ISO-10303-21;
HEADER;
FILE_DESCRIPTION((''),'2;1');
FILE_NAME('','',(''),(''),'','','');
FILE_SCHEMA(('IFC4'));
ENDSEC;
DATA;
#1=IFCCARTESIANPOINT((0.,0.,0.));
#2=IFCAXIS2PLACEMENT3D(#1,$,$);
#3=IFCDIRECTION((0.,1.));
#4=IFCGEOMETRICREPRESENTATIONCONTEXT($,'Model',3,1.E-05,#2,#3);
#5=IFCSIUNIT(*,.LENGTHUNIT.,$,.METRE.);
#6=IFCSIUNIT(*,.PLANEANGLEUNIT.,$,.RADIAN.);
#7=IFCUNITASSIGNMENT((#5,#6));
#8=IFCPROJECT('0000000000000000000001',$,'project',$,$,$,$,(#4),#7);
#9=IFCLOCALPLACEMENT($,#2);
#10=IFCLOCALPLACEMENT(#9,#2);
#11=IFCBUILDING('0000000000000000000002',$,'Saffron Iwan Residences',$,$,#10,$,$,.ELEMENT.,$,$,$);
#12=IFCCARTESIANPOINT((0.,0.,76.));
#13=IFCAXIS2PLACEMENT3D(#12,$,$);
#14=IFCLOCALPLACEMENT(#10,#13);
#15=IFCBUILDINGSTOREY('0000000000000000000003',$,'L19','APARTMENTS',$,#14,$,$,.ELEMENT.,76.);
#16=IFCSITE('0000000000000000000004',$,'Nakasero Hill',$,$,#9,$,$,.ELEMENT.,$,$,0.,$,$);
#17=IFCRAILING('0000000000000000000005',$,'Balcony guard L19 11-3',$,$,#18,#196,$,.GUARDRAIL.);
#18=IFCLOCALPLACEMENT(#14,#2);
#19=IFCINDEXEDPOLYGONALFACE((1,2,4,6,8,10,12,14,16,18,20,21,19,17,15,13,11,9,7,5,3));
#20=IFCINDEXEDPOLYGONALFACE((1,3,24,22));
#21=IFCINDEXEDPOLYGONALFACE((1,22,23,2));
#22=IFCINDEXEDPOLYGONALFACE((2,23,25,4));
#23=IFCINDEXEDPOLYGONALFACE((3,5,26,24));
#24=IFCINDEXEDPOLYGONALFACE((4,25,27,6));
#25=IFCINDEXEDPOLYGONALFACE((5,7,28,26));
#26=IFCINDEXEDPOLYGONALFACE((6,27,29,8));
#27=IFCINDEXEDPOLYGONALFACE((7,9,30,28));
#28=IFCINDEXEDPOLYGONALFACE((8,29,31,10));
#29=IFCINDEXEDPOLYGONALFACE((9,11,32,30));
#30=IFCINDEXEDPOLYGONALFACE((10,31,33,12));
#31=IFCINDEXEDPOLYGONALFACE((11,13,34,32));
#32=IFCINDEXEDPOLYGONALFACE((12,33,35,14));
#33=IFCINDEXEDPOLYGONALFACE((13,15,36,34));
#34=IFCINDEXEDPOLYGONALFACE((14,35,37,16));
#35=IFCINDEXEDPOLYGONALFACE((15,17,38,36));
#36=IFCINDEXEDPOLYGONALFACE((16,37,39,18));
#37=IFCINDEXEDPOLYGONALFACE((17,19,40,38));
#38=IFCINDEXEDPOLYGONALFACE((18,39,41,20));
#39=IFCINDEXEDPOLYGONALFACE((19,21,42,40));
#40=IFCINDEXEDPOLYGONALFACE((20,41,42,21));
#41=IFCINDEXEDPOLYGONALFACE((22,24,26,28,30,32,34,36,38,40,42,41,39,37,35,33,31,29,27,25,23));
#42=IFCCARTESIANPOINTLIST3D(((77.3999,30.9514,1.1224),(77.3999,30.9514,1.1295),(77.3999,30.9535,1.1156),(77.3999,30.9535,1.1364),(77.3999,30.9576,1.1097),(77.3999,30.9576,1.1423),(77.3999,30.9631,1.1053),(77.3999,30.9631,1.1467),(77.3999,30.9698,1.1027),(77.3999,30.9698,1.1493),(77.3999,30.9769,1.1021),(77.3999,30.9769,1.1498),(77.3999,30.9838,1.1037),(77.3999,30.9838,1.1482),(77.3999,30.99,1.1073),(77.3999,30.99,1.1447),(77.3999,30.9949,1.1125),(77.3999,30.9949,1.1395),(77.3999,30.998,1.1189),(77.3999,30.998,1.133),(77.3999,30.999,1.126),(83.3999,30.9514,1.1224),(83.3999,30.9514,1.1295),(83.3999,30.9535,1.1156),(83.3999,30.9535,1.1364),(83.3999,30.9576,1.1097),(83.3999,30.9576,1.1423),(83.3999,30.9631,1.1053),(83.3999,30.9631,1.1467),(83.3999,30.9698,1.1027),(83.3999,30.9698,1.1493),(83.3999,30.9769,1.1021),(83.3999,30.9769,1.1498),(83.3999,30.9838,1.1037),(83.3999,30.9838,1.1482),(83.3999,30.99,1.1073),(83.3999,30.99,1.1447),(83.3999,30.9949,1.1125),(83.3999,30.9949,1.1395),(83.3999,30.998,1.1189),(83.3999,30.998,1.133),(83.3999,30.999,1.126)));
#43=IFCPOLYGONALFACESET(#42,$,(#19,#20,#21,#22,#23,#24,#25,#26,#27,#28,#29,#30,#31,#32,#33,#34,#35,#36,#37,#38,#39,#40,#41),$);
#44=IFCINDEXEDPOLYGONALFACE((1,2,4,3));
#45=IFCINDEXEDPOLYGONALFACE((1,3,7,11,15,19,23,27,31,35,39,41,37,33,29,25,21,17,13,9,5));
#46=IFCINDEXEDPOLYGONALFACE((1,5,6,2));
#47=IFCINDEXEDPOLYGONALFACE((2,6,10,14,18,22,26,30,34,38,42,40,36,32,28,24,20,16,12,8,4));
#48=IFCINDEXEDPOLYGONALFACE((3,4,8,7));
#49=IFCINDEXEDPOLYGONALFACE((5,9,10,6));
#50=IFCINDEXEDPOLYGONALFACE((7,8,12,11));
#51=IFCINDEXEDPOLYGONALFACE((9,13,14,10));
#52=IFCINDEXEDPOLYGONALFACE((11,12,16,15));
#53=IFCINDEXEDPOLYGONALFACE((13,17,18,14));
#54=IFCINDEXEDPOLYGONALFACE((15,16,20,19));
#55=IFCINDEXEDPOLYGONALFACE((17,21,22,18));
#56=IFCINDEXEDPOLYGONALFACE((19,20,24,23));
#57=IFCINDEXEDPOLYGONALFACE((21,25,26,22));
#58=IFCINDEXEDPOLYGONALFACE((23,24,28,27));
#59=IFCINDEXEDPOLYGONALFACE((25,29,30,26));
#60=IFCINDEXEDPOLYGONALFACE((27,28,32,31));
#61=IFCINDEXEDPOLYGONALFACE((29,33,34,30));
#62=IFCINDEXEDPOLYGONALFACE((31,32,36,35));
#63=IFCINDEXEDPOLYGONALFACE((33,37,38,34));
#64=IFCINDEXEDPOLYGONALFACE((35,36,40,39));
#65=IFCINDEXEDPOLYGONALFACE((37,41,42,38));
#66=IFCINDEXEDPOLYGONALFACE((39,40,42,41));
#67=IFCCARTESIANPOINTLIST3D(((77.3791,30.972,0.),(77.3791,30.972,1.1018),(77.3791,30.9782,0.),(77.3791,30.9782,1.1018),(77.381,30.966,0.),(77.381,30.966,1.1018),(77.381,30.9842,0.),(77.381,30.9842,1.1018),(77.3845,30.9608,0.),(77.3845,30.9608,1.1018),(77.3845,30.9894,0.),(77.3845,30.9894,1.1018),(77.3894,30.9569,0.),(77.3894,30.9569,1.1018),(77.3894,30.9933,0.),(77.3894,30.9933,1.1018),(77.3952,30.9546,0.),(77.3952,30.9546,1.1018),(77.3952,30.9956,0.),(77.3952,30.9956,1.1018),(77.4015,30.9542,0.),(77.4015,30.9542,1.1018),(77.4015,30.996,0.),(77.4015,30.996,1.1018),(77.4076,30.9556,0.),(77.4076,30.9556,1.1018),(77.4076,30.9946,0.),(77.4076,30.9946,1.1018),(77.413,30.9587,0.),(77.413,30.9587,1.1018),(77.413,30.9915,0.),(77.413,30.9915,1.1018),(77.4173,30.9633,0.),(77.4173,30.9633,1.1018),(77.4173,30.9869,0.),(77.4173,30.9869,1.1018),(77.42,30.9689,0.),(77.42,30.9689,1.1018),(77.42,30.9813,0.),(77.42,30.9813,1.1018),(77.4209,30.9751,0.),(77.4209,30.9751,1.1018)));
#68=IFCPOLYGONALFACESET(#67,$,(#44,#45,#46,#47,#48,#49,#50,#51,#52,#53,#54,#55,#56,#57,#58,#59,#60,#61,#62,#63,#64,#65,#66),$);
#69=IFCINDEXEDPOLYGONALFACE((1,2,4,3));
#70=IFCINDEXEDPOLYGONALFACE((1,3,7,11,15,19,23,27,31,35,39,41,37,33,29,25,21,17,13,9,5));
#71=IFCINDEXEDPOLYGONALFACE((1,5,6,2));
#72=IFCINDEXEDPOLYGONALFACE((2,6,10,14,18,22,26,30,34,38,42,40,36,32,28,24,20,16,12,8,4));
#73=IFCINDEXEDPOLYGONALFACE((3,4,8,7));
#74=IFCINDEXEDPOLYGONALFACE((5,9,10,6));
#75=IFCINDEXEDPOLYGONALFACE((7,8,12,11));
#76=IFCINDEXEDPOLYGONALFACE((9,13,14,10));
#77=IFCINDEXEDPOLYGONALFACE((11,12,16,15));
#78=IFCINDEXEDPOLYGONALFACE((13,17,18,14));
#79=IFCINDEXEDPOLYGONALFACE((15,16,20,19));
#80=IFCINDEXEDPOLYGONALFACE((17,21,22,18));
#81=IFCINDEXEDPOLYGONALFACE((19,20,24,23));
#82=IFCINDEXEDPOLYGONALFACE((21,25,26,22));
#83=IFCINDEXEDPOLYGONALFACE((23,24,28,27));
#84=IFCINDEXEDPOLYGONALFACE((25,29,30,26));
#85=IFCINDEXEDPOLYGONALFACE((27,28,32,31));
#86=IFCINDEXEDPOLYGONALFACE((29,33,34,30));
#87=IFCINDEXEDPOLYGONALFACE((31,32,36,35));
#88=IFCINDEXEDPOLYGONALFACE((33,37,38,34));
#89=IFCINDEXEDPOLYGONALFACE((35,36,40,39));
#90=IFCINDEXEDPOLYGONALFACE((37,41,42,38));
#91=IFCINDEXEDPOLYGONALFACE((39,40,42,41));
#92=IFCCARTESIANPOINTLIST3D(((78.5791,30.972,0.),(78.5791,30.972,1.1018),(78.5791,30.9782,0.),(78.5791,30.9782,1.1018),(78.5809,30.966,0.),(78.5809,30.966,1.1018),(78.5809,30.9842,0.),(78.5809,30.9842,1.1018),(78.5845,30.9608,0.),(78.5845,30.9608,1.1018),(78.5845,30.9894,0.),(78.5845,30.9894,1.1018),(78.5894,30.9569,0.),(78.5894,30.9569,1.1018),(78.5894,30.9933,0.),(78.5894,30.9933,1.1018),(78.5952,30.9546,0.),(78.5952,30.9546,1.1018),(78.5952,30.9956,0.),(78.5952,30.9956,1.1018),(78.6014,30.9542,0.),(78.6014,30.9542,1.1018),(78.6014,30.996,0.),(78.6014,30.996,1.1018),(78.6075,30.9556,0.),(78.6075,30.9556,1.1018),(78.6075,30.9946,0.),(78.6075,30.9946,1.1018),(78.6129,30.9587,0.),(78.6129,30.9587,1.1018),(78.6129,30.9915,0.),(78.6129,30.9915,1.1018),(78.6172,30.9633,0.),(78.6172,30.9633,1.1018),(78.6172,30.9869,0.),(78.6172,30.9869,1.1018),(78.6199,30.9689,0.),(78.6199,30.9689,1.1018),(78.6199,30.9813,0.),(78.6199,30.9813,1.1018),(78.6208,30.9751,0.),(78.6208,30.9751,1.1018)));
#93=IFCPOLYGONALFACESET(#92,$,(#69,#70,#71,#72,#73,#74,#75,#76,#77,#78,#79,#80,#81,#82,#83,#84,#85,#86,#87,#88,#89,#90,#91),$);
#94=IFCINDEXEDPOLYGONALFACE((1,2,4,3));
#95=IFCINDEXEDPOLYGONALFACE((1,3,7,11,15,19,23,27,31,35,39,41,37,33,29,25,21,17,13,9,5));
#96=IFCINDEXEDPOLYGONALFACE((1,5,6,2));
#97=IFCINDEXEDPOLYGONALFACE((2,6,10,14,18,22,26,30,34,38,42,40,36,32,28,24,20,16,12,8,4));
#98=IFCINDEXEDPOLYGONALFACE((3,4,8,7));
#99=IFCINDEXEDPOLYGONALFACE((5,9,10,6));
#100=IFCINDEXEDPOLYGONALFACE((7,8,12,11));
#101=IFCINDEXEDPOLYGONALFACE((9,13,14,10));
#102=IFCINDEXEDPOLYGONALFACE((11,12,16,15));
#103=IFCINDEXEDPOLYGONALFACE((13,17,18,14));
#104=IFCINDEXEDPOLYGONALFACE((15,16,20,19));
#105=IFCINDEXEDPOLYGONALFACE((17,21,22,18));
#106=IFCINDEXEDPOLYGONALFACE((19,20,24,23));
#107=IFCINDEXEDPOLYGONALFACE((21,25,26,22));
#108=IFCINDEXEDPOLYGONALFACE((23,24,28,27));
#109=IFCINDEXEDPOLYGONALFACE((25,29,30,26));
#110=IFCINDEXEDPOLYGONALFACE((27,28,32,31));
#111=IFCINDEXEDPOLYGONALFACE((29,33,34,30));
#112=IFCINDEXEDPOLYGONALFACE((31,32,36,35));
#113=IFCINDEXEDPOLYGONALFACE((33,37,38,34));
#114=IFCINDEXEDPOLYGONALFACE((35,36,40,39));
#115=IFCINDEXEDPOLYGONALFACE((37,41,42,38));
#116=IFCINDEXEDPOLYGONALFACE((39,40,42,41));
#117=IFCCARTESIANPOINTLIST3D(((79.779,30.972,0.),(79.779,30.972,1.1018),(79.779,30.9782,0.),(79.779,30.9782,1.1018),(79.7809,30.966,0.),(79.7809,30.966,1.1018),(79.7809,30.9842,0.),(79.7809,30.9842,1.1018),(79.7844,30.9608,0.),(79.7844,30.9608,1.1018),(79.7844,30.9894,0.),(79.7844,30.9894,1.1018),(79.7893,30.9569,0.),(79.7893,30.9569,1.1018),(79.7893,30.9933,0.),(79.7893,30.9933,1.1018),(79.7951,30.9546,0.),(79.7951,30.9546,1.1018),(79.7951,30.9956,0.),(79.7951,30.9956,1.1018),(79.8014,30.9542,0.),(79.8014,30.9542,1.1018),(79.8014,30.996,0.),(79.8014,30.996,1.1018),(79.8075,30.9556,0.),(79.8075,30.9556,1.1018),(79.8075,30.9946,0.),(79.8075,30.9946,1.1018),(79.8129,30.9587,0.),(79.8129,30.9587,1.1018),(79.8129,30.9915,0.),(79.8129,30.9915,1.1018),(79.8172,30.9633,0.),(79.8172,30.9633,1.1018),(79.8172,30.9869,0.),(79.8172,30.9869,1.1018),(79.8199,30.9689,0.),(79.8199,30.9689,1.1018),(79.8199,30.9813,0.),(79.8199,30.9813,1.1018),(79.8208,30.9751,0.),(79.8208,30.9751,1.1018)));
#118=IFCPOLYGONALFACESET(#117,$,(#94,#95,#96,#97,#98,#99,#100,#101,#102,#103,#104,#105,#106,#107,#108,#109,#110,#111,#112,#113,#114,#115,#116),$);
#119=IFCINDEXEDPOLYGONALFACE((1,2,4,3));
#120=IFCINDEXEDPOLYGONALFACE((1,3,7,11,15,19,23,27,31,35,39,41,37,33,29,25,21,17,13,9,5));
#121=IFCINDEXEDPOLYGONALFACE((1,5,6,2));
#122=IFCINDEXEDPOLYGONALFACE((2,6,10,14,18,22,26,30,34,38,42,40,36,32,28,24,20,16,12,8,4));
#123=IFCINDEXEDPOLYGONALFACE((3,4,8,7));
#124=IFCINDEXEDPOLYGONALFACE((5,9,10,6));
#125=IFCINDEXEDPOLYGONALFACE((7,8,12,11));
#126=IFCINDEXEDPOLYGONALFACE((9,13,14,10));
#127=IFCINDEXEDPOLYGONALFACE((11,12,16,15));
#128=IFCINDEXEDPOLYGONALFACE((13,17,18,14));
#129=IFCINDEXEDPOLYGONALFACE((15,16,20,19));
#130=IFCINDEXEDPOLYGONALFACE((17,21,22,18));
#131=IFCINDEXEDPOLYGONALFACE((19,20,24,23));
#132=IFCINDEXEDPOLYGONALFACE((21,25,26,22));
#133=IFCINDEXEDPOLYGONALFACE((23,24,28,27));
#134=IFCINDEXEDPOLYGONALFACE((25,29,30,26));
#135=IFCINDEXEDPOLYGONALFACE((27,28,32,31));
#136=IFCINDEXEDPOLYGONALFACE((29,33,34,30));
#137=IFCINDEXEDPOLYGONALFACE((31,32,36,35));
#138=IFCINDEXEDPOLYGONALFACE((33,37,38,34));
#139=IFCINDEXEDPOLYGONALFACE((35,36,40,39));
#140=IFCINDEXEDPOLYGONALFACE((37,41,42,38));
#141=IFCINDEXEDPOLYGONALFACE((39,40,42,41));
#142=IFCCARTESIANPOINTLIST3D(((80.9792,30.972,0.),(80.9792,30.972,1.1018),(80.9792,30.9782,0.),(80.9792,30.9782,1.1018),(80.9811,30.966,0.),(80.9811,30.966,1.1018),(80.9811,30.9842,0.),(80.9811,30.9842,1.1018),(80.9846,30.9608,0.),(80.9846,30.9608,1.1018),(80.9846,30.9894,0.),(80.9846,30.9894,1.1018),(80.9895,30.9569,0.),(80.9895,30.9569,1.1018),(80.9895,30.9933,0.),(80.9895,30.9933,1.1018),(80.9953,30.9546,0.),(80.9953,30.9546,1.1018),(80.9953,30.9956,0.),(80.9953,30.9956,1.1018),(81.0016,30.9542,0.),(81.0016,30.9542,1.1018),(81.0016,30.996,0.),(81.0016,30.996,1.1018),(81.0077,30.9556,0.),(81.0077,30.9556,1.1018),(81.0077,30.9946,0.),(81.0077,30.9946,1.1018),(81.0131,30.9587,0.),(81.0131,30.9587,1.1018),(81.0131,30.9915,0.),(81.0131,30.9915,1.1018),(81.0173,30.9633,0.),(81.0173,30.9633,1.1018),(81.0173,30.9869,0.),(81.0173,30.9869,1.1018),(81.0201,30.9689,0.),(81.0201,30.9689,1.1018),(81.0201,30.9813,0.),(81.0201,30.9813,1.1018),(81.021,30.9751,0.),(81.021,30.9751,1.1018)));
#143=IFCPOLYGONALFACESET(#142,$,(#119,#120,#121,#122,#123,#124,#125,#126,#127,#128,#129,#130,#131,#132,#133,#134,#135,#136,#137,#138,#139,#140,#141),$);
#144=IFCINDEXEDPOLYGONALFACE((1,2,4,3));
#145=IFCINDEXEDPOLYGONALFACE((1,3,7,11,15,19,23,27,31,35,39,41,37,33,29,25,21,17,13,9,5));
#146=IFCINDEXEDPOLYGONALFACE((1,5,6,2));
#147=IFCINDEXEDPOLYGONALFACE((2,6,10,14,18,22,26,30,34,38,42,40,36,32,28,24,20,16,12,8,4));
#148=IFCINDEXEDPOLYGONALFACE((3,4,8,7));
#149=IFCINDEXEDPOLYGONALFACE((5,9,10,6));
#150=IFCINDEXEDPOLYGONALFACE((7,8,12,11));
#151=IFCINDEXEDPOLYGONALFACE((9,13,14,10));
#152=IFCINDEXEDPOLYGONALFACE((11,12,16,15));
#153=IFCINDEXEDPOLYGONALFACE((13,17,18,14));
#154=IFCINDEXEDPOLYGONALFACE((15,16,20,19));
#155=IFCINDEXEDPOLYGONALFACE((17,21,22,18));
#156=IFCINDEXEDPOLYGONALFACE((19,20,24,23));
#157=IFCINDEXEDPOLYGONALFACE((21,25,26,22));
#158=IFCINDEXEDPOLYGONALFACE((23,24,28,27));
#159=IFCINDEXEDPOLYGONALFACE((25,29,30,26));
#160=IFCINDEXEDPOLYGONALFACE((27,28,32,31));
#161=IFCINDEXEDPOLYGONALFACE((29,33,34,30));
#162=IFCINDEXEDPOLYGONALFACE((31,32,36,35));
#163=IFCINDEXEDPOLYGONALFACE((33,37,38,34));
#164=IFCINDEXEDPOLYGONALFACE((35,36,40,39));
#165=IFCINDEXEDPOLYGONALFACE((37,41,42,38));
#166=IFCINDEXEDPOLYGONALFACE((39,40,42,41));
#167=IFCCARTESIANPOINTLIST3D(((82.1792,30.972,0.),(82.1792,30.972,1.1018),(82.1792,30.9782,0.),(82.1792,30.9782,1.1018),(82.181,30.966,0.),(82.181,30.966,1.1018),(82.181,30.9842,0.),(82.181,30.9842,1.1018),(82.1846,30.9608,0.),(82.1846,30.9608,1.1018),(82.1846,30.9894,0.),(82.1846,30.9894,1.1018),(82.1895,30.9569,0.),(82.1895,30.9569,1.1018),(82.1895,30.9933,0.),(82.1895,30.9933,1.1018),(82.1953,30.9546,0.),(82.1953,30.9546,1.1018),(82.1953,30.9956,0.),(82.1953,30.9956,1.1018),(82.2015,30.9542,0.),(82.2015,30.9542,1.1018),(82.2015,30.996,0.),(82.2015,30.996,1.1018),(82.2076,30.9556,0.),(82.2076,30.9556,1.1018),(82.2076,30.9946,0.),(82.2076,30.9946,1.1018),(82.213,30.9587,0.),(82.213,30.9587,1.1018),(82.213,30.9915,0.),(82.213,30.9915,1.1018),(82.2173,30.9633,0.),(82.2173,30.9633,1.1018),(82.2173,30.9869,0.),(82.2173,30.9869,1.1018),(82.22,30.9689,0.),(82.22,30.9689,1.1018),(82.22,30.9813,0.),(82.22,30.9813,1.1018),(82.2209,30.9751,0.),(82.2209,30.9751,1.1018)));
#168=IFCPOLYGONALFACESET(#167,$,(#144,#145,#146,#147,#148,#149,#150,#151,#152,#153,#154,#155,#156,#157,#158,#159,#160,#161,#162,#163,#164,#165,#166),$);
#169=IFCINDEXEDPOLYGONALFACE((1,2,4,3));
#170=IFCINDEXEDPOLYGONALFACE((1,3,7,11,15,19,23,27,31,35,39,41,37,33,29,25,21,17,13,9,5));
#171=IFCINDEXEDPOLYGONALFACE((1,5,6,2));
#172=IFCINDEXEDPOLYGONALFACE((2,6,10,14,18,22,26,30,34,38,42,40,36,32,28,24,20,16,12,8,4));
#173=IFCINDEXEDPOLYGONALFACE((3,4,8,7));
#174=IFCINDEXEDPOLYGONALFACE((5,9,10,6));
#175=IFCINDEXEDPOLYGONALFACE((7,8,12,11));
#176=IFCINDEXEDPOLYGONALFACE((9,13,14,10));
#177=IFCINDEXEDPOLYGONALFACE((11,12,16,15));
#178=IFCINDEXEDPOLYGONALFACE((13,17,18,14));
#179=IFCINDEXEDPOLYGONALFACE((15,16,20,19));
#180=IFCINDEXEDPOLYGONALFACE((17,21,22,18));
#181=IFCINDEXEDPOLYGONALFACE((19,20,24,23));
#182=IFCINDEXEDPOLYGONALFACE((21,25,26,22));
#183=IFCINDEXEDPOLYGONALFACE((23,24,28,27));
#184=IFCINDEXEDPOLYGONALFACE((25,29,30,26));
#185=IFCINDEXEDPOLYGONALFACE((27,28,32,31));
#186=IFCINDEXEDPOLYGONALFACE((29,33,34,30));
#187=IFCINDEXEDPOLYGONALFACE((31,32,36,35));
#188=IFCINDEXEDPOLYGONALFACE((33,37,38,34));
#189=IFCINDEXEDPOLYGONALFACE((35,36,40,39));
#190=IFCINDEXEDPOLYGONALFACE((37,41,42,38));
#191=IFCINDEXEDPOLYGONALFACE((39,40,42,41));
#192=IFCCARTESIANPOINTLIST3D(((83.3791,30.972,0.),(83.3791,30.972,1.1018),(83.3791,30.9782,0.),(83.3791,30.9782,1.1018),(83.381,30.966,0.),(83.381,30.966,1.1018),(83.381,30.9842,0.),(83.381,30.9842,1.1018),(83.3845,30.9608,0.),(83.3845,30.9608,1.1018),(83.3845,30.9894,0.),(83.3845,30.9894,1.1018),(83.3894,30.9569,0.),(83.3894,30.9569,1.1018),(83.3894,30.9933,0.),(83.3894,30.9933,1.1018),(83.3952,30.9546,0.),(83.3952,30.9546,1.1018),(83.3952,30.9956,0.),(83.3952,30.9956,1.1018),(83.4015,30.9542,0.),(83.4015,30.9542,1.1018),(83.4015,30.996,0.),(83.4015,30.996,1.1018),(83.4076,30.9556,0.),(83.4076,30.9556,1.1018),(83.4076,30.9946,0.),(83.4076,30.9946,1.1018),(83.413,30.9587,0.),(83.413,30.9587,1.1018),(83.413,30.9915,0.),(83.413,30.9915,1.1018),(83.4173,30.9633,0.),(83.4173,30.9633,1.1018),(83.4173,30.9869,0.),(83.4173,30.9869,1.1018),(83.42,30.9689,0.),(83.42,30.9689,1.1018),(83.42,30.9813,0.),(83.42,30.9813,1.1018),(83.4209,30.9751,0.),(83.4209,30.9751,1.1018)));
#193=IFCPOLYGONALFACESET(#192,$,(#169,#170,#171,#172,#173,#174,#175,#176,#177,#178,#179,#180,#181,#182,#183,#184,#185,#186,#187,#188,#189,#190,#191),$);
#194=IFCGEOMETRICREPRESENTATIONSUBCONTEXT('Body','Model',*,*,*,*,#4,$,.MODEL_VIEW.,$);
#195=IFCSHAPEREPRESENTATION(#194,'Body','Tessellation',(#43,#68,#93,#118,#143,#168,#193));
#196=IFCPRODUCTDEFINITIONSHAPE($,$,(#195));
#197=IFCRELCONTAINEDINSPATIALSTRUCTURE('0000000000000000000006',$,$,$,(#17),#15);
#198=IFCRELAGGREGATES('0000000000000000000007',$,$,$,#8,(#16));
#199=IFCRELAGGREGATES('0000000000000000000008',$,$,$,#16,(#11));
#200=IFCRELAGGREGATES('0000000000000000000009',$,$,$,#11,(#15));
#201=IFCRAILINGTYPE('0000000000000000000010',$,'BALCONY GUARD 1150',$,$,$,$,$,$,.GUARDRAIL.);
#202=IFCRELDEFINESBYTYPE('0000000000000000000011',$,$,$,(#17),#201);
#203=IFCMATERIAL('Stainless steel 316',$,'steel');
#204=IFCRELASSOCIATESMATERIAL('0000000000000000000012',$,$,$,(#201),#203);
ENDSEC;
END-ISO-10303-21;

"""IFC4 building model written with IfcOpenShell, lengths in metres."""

from ifc_helpers import new_model, si_unit, direction, frame, origin, origin_2d, place, context, subcontext, project, spatial, circle, extrude, material, type_object, element, save


model = new_model("IFC4")

# Units and contexts
model_context = context("Model", 3, precision=1e-05, world=origin(), true_north=direction((0.0, 1.0)))
body_context = subcontext(model_context, "Body", "Model", "MODEL_VIEW")
ifc_project = project(units=[si_unit("LENGTHUNIT", "METRE"), si_unit("PLANEANGLEUNIT", "RADIAN")], contexts=[model_context])

# Site, building, storey
site_placement = place(None, origin())
site = spatial("IfcSite", under=ifc_project, at=site_placement, Name="Nakasero Hill", CompositionType="ELEMENT", RefElevation=0.0)
building_placement = place(site_placement, origin())
building = spatial("IfcBuilding", under=site, at=building_placement, Name="Saffron Iwan Residences", CompositionType="ELEMENT")
storey_placement = place(building_placement, frame((0.0, 0.0, 76.0)))
storey = spatial("IfcBuildingStorey", under=building, at=storey_placement, Name="L19", Description="APARTMENTS", CompositionType="ELEMENT", Elevation=76.0)

# Railing
ifc_material_1 = material(Name="Stainless steel 316", Category="steel")
railing_type = type_object("IfcRailingType", Name="BALCONY GUARD 1150", PredefinedType="GUARDRAIL", material=ifc_material_1)
railing_placement = place(storey_placement, frame((77.3999, 30.9751, 0.0)))
element("IfcRailing", 1, at=railing_placement, inside=storey, type_object=railing_type, Name="Balcony guard L19 11-3", PredefinedType="GUARDRAIL", context=body_context, shape_type="SweptSolid", body=[
    extrude(circle(Radius=0.0239, at=origin_2d()), frame((0.0, 0.0, 1.126), z_axis=(1.0, 0.0, 0.0), x_axis=(0.0, 1.0, 0.0)), (0.0, 0.0, 1.0), 6.0),
    extrude(circle(Radius=0.021, at=origin_2d()), origin(), (0.0, 0.0, 1.0), 1.1018),
    extrude(circle(Radius=0.021, at=origin_2d()), frame((1.2, 0.0, 0.0)), (0.0, 0.0, 1.0), 1.1018),
    extrude(circle(Radius=0.021, at=origin_2d()), frame((2.3999, 0.0, 0.0)), (0.0, 0.0, 1.0), 1.1018),
    extrude(circle(Radius=0.021, at=origin_2d()), frame((3.6001, 0.0, 0.0)), (0.0, 0.0, 1.0), 1.1018),
    extrude(circle(Radius=0.021, at=origin_2d()), frame((4.8, 0.0, 0.0)), (0.0, 0.0, 1.0), 1.1018),
    extrude(circle(Radius=0.021, at=origin_2d()), frame((6.0, 0.0, 0.0)), (0.0, 0.0, 1.0), 1.1018),
])

save(model, "model.ifc")
